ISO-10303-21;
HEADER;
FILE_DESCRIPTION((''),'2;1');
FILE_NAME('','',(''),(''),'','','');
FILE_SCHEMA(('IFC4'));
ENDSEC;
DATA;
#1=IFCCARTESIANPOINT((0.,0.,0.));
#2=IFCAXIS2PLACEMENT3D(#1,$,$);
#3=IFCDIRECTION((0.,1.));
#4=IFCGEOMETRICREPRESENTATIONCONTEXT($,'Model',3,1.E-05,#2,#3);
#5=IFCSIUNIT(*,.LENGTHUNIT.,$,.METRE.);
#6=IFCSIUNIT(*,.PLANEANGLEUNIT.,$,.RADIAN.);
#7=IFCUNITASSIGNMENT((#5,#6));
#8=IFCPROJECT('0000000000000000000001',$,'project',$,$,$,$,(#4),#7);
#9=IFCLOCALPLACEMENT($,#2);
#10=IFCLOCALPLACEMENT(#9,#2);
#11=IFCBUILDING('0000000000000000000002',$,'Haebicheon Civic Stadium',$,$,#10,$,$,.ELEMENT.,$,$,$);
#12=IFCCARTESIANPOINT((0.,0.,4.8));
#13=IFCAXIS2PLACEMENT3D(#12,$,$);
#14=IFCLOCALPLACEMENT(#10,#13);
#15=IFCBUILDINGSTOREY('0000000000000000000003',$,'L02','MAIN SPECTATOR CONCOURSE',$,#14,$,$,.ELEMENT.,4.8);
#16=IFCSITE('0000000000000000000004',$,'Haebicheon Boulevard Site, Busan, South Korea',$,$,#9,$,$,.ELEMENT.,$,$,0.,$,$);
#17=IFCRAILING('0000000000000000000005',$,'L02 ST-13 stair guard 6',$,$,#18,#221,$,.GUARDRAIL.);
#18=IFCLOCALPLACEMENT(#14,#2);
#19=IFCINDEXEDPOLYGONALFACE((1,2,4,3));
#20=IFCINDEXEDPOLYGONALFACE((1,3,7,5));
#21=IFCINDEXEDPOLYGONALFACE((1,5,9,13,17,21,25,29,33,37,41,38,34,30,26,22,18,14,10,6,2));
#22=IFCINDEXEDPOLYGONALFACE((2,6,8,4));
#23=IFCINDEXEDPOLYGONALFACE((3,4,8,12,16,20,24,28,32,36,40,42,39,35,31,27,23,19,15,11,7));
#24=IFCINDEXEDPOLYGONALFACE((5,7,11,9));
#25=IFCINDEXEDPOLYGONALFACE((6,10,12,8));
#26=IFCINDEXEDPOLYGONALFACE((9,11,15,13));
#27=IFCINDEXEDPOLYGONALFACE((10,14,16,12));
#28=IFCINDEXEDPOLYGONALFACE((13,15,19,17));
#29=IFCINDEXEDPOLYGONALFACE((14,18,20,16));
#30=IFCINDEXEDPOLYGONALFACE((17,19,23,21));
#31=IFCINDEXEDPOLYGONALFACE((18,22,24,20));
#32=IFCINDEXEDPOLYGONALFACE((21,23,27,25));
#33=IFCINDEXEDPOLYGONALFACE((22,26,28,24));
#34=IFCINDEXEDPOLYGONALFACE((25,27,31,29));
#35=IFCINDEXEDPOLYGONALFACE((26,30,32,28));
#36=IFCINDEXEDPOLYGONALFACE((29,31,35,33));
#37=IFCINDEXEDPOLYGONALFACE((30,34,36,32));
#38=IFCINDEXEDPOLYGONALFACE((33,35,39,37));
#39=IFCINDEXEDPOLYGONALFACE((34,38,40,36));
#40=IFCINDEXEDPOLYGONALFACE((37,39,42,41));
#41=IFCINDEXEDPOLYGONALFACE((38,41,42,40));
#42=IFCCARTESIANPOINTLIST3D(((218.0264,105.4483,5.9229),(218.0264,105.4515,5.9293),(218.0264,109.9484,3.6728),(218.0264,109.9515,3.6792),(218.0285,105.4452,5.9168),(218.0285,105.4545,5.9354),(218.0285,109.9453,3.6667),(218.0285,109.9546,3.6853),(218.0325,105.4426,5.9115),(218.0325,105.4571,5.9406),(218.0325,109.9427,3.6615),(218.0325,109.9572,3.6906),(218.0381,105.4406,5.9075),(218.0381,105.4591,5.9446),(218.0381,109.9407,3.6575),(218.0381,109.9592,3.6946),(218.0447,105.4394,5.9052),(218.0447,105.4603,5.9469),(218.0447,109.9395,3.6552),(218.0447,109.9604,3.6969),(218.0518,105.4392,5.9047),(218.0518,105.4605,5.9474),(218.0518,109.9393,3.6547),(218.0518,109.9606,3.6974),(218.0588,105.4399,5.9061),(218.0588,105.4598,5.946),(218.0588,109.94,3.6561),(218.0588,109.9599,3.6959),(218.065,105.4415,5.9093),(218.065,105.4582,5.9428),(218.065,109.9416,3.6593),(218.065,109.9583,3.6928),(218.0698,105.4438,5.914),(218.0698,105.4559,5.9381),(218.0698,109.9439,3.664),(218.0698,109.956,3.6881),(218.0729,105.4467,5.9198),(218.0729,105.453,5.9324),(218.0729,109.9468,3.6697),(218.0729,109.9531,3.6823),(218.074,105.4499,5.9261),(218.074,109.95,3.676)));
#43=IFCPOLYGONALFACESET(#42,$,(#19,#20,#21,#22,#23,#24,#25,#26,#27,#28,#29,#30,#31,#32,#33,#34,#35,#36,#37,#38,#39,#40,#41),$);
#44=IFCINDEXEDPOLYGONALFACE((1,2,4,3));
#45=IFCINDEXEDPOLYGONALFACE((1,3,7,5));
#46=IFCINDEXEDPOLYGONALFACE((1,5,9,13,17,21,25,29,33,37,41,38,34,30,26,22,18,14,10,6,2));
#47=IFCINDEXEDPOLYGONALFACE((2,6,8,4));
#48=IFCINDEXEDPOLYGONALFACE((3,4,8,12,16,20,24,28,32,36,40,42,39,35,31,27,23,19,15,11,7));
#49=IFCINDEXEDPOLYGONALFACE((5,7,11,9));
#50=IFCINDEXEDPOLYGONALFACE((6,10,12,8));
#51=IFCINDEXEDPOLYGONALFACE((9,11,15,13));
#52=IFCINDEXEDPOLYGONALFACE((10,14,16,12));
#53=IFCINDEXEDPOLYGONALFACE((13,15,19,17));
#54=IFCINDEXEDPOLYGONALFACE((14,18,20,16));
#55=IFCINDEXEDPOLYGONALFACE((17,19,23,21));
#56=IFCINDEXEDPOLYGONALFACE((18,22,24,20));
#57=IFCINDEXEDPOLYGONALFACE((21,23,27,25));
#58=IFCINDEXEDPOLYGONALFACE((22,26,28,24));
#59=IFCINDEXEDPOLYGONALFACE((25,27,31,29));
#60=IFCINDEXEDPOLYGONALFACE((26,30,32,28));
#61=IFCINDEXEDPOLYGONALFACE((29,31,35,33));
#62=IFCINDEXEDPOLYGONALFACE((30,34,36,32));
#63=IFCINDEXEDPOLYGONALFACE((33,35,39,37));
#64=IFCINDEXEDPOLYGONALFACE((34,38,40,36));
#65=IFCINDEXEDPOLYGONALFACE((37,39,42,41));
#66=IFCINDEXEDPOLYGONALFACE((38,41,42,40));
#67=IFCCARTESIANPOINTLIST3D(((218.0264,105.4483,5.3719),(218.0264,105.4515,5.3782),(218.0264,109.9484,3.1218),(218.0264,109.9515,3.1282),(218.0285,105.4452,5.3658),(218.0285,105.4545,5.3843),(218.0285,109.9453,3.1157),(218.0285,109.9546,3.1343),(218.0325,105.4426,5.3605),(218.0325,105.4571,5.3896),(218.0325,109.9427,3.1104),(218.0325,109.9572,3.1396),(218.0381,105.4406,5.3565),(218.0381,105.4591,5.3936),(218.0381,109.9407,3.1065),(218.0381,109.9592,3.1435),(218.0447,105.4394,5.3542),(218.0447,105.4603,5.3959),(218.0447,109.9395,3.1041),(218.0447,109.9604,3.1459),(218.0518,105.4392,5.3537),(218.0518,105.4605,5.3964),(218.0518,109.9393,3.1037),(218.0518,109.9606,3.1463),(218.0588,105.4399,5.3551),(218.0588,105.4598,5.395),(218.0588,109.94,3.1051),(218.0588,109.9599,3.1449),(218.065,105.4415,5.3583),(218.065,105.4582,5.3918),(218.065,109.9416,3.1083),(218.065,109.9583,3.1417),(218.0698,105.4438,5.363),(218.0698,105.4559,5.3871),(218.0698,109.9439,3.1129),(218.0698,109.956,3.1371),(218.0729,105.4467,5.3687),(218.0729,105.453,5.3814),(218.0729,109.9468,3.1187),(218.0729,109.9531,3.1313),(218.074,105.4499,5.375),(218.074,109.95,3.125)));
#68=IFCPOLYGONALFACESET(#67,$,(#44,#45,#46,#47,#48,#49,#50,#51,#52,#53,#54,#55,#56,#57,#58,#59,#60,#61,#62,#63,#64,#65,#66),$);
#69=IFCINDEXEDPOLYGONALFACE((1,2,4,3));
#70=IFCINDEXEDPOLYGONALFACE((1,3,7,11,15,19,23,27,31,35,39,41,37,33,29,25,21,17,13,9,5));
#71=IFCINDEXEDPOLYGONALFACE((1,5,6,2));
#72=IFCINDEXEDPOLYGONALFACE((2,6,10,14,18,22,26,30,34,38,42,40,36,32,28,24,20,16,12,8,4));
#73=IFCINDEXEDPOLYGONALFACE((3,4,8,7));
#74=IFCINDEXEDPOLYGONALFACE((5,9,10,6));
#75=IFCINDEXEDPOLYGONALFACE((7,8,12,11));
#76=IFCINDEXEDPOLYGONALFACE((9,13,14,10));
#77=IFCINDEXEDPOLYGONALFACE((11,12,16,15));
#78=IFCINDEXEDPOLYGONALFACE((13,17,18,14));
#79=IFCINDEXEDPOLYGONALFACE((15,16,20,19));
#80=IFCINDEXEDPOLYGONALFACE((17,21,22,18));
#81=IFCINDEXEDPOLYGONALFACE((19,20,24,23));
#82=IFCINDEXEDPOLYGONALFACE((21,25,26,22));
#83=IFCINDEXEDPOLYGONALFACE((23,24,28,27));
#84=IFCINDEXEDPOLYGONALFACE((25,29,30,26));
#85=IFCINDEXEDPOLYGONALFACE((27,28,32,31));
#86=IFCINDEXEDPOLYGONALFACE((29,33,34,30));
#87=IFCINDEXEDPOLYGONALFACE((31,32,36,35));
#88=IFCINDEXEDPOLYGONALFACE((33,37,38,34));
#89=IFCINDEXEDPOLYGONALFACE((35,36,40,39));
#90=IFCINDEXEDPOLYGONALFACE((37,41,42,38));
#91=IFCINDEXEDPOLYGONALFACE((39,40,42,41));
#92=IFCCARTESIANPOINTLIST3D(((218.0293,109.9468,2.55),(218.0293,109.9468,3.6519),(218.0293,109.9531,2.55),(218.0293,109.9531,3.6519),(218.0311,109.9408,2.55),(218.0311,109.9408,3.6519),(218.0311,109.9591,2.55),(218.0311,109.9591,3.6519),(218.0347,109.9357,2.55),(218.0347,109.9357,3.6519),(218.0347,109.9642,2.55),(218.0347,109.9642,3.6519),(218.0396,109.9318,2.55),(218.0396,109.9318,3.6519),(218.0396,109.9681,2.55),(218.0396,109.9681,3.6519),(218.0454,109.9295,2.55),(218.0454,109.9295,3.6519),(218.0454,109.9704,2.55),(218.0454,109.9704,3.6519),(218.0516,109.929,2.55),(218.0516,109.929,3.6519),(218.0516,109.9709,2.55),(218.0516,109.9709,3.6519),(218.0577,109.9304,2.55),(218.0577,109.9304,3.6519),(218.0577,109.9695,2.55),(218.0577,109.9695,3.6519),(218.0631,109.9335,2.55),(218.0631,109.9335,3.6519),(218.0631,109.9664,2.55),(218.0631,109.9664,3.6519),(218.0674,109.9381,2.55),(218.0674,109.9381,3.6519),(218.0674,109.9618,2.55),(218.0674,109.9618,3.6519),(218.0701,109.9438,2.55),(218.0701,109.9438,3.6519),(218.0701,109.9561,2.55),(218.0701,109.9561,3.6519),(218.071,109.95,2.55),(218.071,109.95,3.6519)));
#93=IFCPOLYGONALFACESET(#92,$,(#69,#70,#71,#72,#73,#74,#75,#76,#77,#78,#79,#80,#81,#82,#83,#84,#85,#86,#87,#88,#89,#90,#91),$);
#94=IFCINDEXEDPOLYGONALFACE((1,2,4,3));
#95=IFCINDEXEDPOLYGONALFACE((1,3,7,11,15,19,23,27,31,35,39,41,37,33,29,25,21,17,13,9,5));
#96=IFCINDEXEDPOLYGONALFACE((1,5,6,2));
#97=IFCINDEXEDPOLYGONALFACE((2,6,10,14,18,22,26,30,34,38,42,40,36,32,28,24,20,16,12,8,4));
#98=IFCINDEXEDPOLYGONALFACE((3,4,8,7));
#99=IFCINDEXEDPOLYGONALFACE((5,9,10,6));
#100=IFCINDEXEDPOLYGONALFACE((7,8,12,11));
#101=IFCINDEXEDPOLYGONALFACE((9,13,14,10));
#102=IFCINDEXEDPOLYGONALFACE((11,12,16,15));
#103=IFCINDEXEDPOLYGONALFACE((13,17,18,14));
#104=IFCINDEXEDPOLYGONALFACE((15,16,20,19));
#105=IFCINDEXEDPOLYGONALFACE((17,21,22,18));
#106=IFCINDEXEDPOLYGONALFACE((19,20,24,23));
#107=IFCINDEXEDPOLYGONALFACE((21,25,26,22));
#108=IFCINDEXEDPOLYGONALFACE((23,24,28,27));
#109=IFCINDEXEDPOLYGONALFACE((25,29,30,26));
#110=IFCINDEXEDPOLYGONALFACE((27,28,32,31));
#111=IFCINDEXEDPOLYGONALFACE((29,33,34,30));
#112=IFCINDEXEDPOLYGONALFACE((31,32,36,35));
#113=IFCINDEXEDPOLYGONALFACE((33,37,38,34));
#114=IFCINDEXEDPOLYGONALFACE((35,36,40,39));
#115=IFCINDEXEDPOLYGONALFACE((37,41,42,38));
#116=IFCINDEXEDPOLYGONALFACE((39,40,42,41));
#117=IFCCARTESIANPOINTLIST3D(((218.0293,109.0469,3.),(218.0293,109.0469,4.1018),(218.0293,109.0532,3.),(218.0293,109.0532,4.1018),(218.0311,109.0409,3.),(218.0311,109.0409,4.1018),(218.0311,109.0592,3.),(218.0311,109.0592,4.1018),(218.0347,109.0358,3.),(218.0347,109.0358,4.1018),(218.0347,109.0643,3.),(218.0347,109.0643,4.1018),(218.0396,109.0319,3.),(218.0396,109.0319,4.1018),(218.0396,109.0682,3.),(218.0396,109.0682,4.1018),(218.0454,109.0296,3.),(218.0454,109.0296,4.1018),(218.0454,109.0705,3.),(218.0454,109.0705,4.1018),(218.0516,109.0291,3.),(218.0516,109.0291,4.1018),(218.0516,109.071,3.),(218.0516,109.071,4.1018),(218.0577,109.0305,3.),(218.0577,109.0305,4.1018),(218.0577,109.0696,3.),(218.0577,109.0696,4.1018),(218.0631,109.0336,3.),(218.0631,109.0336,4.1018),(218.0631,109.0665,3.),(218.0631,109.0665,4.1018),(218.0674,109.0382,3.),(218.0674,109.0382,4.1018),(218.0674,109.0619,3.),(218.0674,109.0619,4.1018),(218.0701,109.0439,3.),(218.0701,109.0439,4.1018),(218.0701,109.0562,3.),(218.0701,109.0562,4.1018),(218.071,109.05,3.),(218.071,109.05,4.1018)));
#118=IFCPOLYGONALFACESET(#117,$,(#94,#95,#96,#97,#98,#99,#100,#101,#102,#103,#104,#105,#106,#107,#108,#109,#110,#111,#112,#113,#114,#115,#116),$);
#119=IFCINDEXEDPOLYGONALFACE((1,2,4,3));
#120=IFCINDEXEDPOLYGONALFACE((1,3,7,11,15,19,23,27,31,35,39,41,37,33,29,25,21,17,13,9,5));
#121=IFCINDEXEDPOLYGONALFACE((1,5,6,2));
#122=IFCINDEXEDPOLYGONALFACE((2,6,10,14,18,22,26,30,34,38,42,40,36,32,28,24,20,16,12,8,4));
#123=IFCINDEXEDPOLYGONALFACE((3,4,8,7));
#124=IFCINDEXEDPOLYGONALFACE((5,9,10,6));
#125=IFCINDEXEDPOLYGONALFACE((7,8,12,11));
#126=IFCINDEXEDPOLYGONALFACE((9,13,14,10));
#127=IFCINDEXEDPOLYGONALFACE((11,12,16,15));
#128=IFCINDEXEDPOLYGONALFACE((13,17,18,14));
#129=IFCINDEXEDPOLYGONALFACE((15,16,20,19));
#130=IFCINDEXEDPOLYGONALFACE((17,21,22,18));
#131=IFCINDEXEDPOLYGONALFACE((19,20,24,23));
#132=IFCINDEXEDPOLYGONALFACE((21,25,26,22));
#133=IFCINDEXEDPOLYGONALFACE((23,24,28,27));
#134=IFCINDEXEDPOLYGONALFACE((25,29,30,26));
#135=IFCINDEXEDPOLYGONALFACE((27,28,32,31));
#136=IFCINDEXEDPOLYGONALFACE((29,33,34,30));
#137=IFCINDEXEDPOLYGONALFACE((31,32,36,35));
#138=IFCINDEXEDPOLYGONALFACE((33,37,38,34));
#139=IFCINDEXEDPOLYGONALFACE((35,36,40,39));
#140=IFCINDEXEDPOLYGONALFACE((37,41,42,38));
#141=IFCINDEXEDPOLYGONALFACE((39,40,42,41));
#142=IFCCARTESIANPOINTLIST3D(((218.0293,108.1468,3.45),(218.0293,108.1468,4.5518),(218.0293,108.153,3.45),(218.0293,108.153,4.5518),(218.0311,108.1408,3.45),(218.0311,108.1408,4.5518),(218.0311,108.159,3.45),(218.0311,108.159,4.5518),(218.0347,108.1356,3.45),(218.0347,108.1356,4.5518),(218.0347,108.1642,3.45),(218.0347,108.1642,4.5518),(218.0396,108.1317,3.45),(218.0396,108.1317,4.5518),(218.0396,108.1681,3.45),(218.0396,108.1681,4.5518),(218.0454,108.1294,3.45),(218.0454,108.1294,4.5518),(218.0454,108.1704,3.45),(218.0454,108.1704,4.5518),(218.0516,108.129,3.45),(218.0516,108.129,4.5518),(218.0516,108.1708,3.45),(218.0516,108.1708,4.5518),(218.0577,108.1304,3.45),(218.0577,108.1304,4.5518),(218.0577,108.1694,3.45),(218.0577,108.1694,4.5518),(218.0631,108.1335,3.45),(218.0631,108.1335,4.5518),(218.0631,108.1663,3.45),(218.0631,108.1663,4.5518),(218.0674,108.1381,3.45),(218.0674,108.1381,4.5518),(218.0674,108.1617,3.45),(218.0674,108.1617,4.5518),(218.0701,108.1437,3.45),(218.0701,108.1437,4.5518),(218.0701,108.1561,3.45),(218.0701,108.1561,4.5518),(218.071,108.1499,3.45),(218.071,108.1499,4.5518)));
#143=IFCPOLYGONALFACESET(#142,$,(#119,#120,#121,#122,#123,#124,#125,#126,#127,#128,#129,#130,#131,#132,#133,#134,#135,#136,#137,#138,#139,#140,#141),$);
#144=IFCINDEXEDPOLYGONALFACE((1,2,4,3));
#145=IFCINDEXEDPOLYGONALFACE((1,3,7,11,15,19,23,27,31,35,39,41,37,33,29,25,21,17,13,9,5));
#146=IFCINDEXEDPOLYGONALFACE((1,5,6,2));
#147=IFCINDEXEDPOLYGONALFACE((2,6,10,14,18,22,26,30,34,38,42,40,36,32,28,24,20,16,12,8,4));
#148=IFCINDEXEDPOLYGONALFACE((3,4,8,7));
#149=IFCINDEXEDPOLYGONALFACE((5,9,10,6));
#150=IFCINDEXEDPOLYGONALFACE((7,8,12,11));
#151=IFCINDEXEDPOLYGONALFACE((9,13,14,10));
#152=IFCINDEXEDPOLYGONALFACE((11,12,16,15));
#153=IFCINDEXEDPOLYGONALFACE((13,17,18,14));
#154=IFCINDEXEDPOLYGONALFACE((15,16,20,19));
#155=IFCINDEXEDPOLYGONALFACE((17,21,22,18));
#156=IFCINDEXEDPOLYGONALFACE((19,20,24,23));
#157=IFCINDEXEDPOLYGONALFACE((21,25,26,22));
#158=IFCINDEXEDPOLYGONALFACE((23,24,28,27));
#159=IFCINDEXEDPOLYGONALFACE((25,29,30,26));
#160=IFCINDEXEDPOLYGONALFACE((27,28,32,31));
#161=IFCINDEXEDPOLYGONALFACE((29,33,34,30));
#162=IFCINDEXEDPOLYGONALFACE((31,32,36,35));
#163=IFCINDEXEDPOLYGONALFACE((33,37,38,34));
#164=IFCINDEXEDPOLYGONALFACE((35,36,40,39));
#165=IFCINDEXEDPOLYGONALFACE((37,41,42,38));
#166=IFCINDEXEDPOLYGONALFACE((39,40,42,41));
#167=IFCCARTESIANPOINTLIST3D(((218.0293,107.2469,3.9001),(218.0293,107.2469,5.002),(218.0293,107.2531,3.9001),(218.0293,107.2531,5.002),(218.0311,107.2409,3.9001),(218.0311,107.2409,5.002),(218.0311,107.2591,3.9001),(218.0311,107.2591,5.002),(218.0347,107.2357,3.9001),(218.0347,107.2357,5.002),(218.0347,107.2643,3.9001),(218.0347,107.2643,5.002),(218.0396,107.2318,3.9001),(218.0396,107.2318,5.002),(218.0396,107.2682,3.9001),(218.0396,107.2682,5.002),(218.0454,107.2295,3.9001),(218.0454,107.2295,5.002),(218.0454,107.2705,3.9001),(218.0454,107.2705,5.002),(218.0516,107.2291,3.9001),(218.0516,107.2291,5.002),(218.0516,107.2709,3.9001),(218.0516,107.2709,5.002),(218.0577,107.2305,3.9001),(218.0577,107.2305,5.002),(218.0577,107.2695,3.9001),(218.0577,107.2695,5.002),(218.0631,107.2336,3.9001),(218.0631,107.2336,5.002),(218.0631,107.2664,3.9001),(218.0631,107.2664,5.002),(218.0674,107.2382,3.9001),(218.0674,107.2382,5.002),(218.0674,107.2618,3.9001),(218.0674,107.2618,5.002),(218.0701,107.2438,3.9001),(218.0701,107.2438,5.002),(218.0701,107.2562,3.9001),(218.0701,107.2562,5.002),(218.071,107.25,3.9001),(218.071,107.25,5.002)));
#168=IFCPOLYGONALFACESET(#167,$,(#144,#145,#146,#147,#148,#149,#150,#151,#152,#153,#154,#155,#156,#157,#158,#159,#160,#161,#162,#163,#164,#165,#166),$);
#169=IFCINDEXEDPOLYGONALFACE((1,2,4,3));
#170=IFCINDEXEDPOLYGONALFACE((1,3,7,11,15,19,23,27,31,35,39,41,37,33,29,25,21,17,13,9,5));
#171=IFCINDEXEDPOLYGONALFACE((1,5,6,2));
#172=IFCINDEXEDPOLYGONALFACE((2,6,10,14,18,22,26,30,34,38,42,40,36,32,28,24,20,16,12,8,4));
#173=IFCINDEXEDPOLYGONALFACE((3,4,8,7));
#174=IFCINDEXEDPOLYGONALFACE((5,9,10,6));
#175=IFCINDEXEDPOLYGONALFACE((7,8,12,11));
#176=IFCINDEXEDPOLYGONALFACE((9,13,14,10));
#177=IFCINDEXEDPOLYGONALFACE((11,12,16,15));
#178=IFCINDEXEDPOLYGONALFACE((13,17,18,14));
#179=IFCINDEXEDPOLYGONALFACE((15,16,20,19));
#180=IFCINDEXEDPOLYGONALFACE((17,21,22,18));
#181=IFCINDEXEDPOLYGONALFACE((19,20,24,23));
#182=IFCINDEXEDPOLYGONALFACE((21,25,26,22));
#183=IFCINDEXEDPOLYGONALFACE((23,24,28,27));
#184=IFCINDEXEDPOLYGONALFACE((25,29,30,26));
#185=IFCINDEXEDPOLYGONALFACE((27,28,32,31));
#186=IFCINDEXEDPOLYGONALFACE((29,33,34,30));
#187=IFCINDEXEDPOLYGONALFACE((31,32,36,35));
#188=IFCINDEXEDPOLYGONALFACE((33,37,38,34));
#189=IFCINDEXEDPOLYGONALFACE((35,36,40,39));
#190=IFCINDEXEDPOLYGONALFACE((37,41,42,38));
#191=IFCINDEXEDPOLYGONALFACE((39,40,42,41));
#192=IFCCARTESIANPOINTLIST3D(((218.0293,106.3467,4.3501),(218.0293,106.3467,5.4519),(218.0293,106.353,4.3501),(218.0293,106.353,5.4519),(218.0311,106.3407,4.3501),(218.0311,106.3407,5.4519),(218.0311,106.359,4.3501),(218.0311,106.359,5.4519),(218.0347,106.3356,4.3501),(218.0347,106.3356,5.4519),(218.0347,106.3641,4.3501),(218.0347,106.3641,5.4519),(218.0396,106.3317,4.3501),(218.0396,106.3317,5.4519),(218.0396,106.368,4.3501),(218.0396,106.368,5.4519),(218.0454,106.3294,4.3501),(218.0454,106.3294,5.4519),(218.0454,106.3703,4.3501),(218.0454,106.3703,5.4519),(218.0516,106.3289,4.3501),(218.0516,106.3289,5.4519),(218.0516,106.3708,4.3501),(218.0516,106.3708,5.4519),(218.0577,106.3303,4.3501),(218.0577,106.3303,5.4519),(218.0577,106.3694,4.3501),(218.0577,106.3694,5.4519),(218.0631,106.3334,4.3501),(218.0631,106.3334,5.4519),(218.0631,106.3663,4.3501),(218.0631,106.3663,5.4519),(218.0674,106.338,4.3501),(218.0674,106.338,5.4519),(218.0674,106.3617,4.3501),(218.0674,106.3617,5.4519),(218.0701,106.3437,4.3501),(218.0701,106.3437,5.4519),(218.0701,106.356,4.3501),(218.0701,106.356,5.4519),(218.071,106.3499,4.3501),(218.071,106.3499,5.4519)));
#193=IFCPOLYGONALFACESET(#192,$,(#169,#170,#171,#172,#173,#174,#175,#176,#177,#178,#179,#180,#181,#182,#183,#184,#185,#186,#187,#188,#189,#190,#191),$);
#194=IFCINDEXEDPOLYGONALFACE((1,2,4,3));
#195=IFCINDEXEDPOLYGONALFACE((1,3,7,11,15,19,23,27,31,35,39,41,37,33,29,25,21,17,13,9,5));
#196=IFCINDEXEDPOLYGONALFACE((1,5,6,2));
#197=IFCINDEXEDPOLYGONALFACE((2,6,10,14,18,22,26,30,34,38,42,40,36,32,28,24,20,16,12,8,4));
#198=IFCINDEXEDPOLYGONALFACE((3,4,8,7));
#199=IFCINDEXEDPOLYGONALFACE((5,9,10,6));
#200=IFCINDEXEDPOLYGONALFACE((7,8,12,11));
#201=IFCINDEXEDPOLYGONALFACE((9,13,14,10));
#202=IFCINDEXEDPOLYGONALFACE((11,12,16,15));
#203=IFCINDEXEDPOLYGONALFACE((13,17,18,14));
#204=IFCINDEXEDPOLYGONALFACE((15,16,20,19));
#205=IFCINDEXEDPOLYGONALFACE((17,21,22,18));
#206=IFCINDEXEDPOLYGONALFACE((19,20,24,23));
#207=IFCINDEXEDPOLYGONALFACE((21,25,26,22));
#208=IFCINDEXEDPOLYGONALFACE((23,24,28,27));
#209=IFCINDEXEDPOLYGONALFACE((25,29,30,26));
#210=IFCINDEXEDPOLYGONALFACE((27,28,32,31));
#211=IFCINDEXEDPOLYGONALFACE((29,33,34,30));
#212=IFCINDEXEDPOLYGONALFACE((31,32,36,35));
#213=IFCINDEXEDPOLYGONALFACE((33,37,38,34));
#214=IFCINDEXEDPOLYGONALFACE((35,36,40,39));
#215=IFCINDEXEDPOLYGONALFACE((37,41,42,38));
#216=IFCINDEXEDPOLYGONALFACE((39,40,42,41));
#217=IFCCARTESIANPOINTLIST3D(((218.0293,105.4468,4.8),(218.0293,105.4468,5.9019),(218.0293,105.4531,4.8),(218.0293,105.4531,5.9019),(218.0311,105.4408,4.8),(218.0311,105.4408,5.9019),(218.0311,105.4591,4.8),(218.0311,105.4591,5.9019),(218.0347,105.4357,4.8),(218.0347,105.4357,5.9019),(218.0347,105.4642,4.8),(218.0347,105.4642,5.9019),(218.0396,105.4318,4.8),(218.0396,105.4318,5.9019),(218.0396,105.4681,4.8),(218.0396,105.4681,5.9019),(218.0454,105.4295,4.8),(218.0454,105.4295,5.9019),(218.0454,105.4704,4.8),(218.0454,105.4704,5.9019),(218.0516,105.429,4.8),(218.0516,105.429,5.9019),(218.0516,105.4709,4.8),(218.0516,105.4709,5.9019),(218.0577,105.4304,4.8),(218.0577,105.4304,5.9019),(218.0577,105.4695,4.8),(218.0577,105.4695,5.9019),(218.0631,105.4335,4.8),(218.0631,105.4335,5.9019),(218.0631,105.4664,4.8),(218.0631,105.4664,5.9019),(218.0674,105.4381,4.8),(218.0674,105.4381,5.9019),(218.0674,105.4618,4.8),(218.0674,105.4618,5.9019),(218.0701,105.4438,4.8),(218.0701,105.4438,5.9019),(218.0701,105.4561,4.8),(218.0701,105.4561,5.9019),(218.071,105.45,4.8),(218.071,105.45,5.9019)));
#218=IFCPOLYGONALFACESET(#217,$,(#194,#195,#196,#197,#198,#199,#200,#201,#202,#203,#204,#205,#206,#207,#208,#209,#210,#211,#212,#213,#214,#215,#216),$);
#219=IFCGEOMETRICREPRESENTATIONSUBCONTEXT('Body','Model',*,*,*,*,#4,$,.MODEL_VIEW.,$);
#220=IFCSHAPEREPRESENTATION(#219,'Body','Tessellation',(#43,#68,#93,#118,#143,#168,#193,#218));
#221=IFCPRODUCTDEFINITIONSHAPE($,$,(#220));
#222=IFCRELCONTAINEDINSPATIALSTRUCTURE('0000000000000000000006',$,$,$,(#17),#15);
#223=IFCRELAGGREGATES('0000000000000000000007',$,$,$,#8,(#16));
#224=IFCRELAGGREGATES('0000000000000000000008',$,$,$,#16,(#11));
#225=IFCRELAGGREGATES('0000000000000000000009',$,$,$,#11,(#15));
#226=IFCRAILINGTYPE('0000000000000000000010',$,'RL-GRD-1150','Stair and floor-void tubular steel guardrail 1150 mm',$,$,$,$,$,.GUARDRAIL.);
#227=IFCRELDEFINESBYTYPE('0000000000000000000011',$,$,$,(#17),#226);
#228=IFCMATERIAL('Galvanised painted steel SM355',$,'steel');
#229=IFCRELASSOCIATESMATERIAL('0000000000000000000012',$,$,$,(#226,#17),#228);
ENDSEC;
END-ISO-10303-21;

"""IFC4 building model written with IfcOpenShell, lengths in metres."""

from ifc_helpers import new_model, si_unit, direction, frame, origin, origin_2d, place, context, subcontext, project, spatial, circle, extrude, material, type_object, element, save


model = new_model("IFC4")

# Units and contexts
model_context = context("Model", 3, precision=1e-05, world=origin(), true_north=direction((0.0, 1.0)))
body_context = subcontext(model_context, "Body", "Model", "MODEL_VIEW")
ifc_project = project(units=[si_unit("LENGTHUNIT", "METRE"), si_unit("PLANEANGLEUNIT", "RADIAN")], contexts=[model_context])

# Site, building, storey
site_placement = place(None, origin())
site = spatial("IfcSite", under=ifc_project, at=site_placement, Name="Haebicheon Boulevard Site, Busan, South Korea", CompositionType="ELEMENT", RefElevation=0.0)
building_placement = place(site_placement, origin())
building = spatial("IfcBuilding", under=site, at=building_placement, Name="Haebicheon Civic Stadium", CompositionType="ELEMENT")
storey_placement = place(building_placement, frame((0.0, 0.0, 4.8)))
storey = spatial("IfcBuildingStorey", under=building, at=storey_placement, Name="L02", Description="MAIN SPECTATOR CONCOURSE", CompositionType="ELEMENT", Elevation=4.8)

# Railing
ifc_material_1 = material(Name="Galvanised painted steel SM355", Category="steel")
railing_type_1 = type_object("IfcRailingType", Name="RL-GRD-1150", Description="Stair and floor-void tubular steel guardrail 1150 mm", PredefinedType="GUARDRAIL", material=ifc_material_1)
railing_1_placement = place(storey_placement, frame((218.05, 109.95, 2.55)))
element("IfcRailing", 1, at=railing_1_placement, inside=storey, type_object=railing_type_1, material=ifc_material_1, Name="L02 ST-13 stair guard 6", PredefinedType="GUARDRAIL", context=body_context, shape_type="SweptSolid", body=[
    extrude(circle(Radius=0.0239, at=origin_2d()), frame((0.0, 0.0, 1.126), z_axis=(0.0, -0.894427, 0.447214), x_axis=(1.0, 0.0, 0.0)), (0.0, 0.0, 1.0), 5.0312),
    extrude(circle(Radius=0.0239, at=origin_2d()), frame((0.0, 0.0, 0.575), z_axis=(0.0, -0.894427, 0.447214), x_axis=(1.0, 0.0, 0.0)), (0.0, 0.0, 1.0), 5.0312),
    extrude(circle(Radius=0.021, at=origin_2d()), origin(), (0.0, 0.0, 1.0), 1.1018),
    extrude(circle(Radius=0.021, at=origin_2d()), frame((0.0, -0.8999, 0.45)), (0.0, 0.0, 1.0), 1.1018),
    extrude(circle(Radius=0.021, at=origin_2d()), frame((0.0, -1.8, 0.8999)), (0.0, 0.0, 1.0), 1.1018),
    extrude(circle(Radius=0.021, at=origin_2d()), frame((0.0, -2.7, 1.3501)), (0.0, 0.0, 1.0), 1.1018),
    extrude(circle(Radius=0.021, at=origin_2d()), frame((0.0, -3.6001, 1.8)), (0.0, 0.0, 1.0), 1.1018),
    extrude(circle(Radius=0.021, at=origin_2d()), frame((0.0, -4.5, 2.25)), (0.0, 0.0, 1.0), 1.1018),
])

save(model, "model.ifc")
